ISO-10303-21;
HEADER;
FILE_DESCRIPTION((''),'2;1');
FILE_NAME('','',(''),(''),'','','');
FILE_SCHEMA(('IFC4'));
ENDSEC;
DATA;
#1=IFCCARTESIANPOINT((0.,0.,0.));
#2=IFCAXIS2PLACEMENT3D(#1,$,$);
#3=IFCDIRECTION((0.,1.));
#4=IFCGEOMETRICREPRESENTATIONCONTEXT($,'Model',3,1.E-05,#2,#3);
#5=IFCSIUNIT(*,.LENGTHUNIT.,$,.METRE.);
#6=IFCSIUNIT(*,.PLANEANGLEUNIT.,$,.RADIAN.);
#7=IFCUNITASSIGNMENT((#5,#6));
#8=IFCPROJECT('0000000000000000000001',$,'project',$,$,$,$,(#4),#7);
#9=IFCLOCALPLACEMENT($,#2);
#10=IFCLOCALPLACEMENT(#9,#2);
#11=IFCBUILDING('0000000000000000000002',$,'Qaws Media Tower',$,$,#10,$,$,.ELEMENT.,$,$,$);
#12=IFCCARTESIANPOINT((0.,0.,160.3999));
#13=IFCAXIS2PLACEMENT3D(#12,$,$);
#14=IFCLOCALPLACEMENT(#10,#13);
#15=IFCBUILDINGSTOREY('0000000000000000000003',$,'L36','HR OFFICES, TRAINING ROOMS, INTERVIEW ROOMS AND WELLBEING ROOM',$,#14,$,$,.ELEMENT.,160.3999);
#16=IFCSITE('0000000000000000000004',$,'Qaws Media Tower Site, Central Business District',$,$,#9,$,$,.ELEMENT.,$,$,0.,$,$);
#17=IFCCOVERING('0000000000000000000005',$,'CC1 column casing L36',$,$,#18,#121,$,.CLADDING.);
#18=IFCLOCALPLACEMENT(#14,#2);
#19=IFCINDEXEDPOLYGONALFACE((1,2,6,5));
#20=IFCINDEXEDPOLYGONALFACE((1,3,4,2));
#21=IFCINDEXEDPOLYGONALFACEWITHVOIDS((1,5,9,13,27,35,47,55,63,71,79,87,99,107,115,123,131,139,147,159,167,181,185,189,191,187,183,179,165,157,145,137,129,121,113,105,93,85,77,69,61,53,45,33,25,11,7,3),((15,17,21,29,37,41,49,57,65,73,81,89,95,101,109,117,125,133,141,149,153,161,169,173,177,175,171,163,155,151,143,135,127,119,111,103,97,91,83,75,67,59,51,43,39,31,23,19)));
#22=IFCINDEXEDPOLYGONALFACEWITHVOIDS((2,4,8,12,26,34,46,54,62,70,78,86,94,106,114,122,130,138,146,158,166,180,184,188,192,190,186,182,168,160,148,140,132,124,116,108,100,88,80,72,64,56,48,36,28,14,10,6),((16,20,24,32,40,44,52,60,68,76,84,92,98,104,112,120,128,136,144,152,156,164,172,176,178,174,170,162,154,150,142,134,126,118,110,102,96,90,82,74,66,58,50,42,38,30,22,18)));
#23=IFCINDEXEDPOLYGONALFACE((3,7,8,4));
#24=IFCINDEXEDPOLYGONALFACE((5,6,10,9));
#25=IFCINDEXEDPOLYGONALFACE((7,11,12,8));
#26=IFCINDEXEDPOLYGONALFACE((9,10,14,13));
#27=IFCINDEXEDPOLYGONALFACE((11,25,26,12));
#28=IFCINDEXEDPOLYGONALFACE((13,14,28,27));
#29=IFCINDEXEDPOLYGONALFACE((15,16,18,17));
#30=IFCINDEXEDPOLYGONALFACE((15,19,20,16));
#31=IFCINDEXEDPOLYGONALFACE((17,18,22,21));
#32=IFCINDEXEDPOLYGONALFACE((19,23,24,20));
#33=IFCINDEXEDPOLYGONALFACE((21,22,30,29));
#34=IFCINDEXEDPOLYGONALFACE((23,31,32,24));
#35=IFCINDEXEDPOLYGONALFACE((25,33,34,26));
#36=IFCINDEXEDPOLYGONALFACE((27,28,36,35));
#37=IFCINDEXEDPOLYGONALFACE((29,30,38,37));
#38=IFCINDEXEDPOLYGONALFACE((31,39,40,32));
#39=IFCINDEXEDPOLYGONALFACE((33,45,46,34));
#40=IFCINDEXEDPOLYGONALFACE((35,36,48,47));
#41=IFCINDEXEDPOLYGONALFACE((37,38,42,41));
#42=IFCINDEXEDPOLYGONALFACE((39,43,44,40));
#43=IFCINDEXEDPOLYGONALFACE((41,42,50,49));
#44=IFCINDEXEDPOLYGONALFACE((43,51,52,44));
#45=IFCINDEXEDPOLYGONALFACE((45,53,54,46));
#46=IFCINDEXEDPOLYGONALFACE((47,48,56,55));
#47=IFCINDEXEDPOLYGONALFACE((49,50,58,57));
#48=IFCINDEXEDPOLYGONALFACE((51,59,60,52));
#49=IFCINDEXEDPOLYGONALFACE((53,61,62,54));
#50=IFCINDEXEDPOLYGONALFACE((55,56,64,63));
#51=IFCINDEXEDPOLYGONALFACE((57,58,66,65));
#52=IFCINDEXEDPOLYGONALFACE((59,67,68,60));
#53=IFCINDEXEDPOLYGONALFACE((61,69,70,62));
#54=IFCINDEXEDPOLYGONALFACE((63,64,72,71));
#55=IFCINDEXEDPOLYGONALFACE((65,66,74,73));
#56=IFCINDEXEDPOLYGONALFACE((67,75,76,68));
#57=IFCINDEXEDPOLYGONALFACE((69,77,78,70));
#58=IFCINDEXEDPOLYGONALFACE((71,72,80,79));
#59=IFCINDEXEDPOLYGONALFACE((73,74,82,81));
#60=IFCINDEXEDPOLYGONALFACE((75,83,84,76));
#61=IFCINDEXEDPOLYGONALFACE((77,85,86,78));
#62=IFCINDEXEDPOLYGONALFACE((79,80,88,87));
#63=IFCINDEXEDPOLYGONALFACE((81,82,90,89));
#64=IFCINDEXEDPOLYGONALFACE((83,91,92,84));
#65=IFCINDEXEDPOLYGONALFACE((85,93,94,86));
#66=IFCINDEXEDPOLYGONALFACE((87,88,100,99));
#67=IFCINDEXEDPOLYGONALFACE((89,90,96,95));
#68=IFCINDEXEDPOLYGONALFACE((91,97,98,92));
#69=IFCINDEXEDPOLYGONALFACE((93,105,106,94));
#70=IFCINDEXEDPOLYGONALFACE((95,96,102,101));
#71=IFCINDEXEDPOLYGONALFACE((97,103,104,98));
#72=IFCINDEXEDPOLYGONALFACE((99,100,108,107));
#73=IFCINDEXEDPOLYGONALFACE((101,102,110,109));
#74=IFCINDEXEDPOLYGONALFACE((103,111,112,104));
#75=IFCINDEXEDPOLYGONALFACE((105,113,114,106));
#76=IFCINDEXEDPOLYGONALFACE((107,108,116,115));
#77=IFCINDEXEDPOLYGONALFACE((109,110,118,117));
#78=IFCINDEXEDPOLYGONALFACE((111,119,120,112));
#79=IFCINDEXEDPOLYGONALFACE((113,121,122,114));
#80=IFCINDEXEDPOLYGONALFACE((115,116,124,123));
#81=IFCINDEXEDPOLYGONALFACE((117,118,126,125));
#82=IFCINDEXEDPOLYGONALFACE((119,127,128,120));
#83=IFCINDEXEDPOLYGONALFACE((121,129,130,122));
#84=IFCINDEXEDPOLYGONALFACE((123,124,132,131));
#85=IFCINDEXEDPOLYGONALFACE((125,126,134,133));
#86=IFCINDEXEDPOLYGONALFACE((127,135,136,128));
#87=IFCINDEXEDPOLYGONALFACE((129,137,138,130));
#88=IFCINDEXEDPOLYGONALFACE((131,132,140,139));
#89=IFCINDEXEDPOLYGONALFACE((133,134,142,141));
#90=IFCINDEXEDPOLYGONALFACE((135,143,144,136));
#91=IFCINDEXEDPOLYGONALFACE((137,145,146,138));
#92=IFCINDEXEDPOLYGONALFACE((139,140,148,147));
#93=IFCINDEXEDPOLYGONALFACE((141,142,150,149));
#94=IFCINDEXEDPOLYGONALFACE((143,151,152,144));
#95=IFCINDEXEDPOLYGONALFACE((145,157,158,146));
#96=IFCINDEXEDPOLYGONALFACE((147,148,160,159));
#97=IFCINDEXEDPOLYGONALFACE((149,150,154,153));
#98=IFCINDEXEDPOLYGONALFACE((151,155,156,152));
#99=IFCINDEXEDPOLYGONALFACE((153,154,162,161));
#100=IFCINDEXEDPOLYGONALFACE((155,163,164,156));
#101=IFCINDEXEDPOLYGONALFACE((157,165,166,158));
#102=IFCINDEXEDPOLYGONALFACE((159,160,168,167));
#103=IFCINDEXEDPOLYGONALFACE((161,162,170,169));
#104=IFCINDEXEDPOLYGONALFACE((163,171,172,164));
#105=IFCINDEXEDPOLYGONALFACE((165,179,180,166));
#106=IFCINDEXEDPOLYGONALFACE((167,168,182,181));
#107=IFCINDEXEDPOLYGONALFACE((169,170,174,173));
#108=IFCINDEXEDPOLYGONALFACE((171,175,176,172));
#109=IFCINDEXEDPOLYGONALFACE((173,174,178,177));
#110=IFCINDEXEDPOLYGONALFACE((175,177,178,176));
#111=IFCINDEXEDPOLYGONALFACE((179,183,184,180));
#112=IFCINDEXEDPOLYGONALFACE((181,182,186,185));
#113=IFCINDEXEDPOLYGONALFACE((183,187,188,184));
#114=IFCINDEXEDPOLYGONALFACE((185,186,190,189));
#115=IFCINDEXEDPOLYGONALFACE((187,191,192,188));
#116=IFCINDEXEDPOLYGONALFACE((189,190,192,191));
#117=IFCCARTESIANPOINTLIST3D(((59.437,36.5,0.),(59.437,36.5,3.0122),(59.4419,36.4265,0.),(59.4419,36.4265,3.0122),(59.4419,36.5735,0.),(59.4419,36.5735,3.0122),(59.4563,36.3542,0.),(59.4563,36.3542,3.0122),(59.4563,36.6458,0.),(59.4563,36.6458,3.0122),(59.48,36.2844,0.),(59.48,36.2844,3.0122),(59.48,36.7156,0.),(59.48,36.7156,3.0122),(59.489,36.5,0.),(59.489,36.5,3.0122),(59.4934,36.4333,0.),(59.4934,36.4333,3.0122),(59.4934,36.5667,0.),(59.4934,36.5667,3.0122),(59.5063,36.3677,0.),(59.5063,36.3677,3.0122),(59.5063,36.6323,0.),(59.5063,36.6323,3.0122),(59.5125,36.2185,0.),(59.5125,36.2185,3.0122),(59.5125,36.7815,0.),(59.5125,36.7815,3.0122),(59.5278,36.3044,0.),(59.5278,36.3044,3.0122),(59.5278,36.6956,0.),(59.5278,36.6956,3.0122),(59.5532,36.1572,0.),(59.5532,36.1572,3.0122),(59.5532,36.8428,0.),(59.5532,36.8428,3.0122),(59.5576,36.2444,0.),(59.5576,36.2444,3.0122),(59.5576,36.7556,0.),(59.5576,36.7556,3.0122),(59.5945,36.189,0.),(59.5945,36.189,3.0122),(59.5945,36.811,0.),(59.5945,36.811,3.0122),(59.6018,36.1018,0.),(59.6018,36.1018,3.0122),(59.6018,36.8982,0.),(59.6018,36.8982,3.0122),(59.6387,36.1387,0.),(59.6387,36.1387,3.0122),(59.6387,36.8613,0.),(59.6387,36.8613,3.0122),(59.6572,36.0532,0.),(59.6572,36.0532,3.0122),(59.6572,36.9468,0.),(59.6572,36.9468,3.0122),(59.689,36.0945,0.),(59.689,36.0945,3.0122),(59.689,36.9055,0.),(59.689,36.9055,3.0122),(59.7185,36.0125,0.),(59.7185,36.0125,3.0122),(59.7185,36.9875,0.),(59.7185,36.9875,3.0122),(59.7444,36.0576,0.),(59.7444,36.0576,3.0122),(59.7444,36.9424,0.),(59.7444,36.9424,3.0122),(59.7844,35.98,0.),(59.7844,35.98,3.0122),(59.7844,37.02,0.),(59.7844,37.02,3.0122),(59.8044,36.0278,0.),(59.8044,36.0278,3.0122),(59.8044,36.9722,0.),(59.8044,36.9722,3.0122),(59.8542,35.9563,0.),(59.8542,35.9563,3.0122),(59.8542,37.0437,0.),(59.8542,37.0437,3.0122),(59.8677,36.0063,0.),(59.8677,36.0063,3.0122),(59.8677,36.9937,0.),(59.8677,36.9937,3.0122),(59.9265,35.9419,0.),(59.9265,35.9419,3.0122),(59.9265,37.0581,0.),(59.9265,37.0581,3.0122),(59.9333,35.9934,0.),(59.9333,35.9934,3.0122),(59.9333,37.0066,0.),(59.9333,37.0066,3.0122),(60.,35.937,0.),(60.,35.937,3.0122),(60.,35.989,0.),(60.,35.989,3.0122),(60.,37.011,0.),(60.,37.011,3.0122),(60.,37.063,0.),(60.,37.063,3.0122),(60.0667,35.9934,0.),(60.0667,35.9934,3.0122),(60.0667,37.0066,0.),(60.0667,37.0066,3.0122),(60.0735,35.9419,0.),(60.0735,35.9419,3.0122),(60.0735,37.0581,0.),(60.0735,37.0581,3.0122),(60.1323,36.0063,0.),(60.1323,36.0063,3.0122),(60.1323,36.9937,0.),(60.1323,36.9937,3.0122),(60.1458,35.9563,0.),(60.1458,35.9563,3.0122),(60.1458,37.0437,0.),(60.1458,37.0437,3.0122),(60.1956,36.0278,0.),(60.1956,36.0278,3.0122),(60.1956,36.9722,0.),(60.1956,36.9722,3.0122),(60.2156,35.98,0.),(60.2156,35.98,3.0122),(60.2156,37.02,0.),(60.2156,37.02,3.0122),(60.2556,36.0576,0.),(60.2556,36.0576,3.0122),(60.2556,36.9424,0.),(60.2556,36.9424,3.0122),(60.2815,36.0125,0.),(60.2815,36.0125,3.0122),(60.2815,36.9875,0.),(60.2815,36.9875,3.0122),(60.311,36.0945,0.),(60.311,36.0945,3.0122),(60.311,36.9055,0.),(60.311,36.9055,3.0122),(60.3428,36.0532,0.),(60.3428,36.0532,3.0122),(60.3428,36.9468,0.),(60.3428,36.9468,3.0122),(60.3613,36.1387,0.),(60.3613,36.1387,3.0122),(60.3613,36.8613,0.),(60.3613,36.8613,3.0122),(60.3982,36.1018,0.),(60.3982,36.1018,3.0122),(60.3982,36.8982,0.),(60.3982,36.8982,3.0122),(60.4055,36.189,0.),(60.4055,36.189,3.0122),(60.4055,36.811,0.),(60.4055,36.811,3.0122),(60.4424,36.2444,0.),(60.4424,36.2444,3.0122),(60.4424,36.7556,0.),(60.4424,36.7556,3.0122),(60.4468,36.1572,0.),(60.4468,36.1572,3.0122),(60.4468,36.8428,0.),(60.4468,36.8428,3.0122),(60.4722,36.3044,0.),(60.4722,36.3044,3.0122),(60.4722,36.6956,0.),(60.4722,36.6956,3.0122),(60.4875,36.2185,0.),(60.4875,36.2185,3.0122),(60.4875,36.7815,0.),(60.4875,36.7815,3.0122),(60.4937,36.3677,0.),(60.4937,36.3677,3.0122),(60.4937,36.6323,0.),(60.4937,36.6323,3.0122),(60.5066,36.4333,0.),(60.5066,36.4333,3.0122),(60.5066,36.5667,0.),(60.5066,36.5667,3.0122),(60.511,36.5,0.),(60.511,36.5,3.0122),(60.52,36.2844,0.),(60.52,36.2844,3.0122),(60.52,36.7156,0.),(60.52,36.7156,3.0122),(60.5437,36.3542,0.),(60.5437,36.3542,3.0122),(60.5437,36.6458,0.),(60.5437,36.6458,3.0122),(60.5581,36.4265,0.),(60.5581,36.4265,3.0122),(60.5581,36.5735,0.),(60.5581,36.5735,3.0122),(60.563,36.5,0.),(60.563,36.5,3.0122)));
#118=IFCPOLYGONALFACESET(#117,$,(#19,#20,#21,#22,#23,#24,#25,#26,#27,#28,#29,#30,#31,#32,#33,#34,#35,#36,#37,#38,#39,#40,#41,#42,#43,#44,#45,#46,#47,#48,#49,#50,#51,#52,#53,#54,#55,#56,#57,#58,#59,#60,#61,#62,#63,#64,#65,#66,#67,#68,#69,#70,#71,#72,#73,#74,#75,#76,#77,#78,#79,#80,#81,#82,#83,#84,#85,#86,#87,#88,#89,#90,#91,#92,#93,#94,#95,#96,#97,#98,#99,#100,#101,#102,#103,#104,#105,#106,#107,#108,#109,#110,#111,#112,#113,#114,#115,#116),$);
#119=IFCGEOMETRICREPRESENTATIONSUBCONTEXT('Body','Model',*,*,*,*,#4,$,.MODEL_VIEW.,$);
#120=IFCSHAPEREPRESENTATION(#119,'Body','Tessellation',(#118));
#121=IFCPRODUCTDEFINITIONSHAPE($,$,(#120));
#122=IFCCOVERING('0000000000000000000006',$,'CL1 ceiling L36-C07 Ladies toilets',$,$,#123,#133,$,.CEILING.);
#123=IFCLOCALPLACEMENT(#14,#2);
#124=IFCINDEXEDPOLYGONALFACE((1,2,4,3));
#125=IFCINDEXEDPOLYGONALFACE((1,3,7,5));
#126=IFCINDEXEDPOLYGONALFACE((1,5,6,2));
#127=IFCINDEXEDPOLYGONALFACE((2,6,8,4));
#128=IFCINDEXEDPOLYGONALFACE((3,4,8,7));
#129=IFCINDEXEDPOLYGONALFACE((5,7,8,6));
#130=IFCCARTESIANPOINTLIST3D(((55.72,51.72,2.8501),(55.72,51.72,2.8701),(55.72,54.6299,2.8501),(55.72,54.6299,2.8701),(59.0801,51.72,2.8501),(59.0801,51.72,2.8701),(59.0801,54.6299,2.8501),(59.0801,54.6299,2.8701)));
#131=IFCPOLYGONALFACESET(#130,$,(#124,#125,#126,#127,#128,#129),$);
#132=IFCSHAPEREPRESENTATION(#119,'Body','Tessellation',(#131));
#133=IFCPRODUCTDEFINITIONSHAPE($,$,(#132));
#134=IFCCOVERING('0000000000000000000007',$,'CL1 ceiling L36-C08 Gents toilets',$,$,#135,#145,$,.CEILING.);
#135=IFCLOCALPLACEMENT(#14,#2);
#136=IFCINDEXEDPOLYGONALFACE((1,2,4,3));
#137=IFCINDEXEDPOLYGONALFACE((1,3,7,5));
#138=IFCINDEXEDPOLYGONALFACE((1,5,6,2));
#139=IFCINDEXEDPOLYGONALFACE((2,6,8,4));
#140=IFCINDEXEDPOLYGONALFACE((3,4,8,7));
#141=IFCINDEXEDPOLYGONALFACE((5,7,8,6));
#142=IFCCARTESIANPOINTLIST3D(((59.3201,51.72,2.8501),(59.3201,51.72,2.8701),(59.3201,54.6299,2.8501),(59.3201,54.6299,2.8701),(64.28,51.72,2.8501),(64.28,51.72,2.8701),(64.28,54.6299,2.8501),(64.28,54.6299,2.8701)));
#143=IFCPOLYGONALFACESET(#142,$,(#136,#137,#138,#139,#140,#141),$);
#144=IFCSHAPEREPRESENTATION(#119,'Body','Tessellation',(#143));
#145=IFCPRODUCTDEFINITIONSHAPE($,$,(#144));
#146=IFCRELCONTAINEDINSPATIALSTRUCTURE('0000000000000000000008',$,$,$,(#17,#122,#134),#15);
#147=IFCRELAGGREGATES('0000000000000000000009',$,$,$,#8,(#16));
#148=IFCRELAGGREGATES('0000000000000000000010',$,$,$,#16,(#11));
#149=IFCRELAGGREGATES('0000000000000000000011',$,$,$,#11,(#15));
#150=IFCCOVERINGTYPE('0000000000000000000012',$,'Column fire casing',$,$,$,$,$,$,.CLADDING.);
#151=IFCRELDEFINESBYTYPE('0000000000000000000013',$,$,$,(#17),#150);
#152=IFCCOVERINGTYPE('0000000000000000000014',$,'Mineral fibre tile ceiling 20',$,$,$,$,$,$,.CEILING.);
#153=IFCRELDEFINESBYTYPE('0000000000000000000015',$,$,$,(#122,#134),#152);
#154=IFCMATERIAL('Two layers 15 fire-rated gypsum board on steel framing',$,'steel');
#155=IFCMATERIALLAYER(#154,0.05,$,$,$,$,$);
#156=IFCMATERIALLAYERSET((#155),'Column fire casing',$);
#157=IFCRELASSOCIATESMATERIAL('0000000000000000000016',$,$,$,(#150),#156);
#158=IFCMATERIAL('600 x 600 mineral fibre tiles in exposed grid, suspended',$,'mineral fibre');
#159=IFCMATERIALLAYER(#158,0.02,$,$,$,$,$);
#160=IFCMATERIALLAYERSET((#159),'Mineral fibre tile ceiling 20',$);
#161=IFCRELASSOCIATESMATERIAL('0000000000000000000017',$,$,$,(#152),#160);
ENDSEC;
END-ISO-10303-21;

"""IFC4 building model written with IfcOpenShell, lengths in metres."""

from ifc_helpers import new_model, si_unit, direction, frame, origin, place, context, subcontext, project, spatial, polyline, outline, extrude, material, layer, layer_set, type_object, element, save


model = new_model("IFC4")

# Units and contexts
model_context = context("Model", 3, precision=1e-05, world=origin(), true_north=direction((0.0, 1.0)))
body_context = subcontext(model_context, "Body", "Model", "MODEL_VIEW")
ifc_project = project(units=[si_unit("LENGTHUNIT", "METRE"), si_unit("PLANEANGLEUNIT", "RADIAN")], contexts=[model_context])

# Site, building, storey
site_placement = place(None, origin())
site = spatial("IfcSite", under=ifc_project, at=site_placement, Name="Qaws Media Tower Site, Central Business District", CompositionType="ELEMENT", RefElevation=0.0)
building_placement = place(site_placement, origin())
building = spatial("IfcBuilding", under=site, at=building_placement, Name="Qaws Media Tower", CompositionType="ELEMENT")
storey_placement = place(building_placement, frame((0.0, 0.0, 160.3999)))
storey = spatial("IfcBuildingStorey", under=building, at=storey_placement, Name="L36", Description="HR OFFICES, TRAINING ROOMS, INTERVIEW ROOMS AND WELLBEING ROOM", CompositionType="ELEMENT", Elevation=160.3999)

# Coverings
ifc_material_1 = material(Name="Two layers 15 fire-rated gypsum board on steel framing", Category="steel")
ifc_layer_1 = layer(ifc_material_1, 0.05)
ifc_layer_set_1 = layer_set([ifc_layer_1], Name="Column fire casing")
covering_type_1 = type_object("IfcCoveringType", Name="Column fire casing", PredefinedType="CLADDING", material=ifc_layer_set_1)
covering_1_placement = place(storey_placement, origin())
element("IfcCovering", 1, at=covering_1_placement, inside=storey, type_object=covering_type_1, Name="CC1 column casing L36", PredefinedType="CLADDING", context=body_context, shape_type="SweptSolid", body=[
    extrude(outline(polyline([(60.563, 36.5), (60.5581, 36.4265), (60.5437, 36.3542), (60.52, 36.2844), (60.4875, 36.2185), (60.4468, 36.1572), (60.3982, 36.1018), (60.3428, 36.0532), (60.2815, 36.0125), (60.2156, 35.98), (60.1458, 35.9563), (60.0735, 35.9419), (60.0, 35.937), (59.9265, 35.9419), (59.8542, 35.9563), (59.7844, 35.98), (59.7185, 36.0125), (59.6572, 36.0532), (59.6018, 36.1018), (59.5532, 36.1572), (59.5125, 36.2185), (59.48, 36.2844), (59.4563, 36.3542), (59.4419, 36.4265), (59.437, 36.5), (59.4419, 36.5735), (59.4563, 36.6458), (59.48, 36.7156), (59.5125, 36.7815), (59.5532, 36.8428), (59.6018, 36.8982), (59.6572, 36.9468), (59.7185, 36.9875), (59.7844, 37.02), (59.8542, 37.0437), (59.9265, 37.0581), (60.0, 37.063), (60.0735, 37.0581), (60.1458, 37.0437), (60.2156, 37.02), (60.2815, 36.9875), (60.3428, 36.9468), (60.3982, 36.8982), (60.4468, 36.8428), (60.4875, 36.7815), (60.52, 36.7156), (60.5437, 36.6458), (60.5581, 36.5735), (60.563, 36.5)]), holes=[polyline([(60.511, 36.5), (60.5066, 36.4333), (60.4937, 36.3677), (60.4722, 36.3044), (60.4424, 36.2444), (60.4055, 36.189), (60.3613, 36.1387), (60.311, 36.0945), (60.2556, 36.0576), (60.1956, 36.0278), (60.1323, 36.0063), (60.0667, 35.9934), (60.0, 35.989), (59.9333, 35.9934), (59.8677, 36.0063), (59.8044, 36.0278), (59.7444, 36.0576), (59.689, 36.0945), (59.6387, 36.1387), (59.5945, 36.189), (59.5576, 36.2444), (59.5278, 36.3044), (59.5063, 36.3677), (59.4934, 36.4333), (59.489, 36.5), (59.4934, 36.5667), (59.5063, 36.6323), (59.5278, 36.6956), (59.5576, 36.7556), (59.5945, 36.811), (59.6387, 36.8613), (59.689, 36.9055), (59.7444, 36.9424), (59.8044, 36.9722), (59.8677, 36.9937), (59.9333, 37.0066), (60.0, 37.011), (60.0667, 37.0066), (60.1323, 36.9937), (60.1956, 36.9722), (60.2556, 36.9424), (60.311, 36.9055), (60.3613, 36.8613), (60.4055, 36.811), (60.4424, 36.7556), (60.4722, 36.6956), (60.4937, 36.6323), (60.5066, 36.5667), (60.511, 36.5)])]), origin(), (0.0, 0.0, 1.0), 3.0122),
])
ifc_material_2 = material(Name="600 x 600 mineral fibre tiles in exposed grid, suspended", Category="mineral fibre")
ifc_layer_2 = layer(ifc_material_2, 0.02)
ifc_layer_set_2 = layer_set([ifc_layer_2], Name="Mineral fibre tile ceiling 20")
covering_type_2 = type_object("IfcCoveringType", Name="Mineral fibre tile ceiling 20", PredefinedType="CEILING", material=ifc_layer_set_2)
covering_2_placement = place(storey_placement, frame((0.0, 0.0, 2.8501)))
element("IfcCovering", 2, at=covering_2_placement, inside=storey, type_object=covering_type_2, Name="CL1 ceiling L36-C07 Ladies toilets", PredefinedType="CEILING", context=body_context, shape_type="SweptSolid", body=[
    extrude(outline(polyline([(55.72, 51.72), (55.72, 54.6299), (59.0801, 54.6299), (59.0801, 51.72), (55.72, 51.72)])), origin(), (0.0, 0.0, 1.0), 0.02),
])
covering_3_placement = place(storey_placement, frame((0.0, 0.0, 2.8501)))
element("IfcCovering", 3, at=covering_3_placement, inside=storey, type_object=covering_type_2, Name="CL1 ceiling L36-C08 Gents toilets", PredefinedType="CEILING", context=body_context, shape_type="SweptSolid", body=[
    extrude(outline(polyline([(59.3201, 51.72), (59.3201, 54.6299), (64.28, 54.6299), (64.28, 51.72), (59.3201, 51.72)])), origin(), (0.0, 0.0, 1.0), 0.02),
])

save(model, "model.ifc")
